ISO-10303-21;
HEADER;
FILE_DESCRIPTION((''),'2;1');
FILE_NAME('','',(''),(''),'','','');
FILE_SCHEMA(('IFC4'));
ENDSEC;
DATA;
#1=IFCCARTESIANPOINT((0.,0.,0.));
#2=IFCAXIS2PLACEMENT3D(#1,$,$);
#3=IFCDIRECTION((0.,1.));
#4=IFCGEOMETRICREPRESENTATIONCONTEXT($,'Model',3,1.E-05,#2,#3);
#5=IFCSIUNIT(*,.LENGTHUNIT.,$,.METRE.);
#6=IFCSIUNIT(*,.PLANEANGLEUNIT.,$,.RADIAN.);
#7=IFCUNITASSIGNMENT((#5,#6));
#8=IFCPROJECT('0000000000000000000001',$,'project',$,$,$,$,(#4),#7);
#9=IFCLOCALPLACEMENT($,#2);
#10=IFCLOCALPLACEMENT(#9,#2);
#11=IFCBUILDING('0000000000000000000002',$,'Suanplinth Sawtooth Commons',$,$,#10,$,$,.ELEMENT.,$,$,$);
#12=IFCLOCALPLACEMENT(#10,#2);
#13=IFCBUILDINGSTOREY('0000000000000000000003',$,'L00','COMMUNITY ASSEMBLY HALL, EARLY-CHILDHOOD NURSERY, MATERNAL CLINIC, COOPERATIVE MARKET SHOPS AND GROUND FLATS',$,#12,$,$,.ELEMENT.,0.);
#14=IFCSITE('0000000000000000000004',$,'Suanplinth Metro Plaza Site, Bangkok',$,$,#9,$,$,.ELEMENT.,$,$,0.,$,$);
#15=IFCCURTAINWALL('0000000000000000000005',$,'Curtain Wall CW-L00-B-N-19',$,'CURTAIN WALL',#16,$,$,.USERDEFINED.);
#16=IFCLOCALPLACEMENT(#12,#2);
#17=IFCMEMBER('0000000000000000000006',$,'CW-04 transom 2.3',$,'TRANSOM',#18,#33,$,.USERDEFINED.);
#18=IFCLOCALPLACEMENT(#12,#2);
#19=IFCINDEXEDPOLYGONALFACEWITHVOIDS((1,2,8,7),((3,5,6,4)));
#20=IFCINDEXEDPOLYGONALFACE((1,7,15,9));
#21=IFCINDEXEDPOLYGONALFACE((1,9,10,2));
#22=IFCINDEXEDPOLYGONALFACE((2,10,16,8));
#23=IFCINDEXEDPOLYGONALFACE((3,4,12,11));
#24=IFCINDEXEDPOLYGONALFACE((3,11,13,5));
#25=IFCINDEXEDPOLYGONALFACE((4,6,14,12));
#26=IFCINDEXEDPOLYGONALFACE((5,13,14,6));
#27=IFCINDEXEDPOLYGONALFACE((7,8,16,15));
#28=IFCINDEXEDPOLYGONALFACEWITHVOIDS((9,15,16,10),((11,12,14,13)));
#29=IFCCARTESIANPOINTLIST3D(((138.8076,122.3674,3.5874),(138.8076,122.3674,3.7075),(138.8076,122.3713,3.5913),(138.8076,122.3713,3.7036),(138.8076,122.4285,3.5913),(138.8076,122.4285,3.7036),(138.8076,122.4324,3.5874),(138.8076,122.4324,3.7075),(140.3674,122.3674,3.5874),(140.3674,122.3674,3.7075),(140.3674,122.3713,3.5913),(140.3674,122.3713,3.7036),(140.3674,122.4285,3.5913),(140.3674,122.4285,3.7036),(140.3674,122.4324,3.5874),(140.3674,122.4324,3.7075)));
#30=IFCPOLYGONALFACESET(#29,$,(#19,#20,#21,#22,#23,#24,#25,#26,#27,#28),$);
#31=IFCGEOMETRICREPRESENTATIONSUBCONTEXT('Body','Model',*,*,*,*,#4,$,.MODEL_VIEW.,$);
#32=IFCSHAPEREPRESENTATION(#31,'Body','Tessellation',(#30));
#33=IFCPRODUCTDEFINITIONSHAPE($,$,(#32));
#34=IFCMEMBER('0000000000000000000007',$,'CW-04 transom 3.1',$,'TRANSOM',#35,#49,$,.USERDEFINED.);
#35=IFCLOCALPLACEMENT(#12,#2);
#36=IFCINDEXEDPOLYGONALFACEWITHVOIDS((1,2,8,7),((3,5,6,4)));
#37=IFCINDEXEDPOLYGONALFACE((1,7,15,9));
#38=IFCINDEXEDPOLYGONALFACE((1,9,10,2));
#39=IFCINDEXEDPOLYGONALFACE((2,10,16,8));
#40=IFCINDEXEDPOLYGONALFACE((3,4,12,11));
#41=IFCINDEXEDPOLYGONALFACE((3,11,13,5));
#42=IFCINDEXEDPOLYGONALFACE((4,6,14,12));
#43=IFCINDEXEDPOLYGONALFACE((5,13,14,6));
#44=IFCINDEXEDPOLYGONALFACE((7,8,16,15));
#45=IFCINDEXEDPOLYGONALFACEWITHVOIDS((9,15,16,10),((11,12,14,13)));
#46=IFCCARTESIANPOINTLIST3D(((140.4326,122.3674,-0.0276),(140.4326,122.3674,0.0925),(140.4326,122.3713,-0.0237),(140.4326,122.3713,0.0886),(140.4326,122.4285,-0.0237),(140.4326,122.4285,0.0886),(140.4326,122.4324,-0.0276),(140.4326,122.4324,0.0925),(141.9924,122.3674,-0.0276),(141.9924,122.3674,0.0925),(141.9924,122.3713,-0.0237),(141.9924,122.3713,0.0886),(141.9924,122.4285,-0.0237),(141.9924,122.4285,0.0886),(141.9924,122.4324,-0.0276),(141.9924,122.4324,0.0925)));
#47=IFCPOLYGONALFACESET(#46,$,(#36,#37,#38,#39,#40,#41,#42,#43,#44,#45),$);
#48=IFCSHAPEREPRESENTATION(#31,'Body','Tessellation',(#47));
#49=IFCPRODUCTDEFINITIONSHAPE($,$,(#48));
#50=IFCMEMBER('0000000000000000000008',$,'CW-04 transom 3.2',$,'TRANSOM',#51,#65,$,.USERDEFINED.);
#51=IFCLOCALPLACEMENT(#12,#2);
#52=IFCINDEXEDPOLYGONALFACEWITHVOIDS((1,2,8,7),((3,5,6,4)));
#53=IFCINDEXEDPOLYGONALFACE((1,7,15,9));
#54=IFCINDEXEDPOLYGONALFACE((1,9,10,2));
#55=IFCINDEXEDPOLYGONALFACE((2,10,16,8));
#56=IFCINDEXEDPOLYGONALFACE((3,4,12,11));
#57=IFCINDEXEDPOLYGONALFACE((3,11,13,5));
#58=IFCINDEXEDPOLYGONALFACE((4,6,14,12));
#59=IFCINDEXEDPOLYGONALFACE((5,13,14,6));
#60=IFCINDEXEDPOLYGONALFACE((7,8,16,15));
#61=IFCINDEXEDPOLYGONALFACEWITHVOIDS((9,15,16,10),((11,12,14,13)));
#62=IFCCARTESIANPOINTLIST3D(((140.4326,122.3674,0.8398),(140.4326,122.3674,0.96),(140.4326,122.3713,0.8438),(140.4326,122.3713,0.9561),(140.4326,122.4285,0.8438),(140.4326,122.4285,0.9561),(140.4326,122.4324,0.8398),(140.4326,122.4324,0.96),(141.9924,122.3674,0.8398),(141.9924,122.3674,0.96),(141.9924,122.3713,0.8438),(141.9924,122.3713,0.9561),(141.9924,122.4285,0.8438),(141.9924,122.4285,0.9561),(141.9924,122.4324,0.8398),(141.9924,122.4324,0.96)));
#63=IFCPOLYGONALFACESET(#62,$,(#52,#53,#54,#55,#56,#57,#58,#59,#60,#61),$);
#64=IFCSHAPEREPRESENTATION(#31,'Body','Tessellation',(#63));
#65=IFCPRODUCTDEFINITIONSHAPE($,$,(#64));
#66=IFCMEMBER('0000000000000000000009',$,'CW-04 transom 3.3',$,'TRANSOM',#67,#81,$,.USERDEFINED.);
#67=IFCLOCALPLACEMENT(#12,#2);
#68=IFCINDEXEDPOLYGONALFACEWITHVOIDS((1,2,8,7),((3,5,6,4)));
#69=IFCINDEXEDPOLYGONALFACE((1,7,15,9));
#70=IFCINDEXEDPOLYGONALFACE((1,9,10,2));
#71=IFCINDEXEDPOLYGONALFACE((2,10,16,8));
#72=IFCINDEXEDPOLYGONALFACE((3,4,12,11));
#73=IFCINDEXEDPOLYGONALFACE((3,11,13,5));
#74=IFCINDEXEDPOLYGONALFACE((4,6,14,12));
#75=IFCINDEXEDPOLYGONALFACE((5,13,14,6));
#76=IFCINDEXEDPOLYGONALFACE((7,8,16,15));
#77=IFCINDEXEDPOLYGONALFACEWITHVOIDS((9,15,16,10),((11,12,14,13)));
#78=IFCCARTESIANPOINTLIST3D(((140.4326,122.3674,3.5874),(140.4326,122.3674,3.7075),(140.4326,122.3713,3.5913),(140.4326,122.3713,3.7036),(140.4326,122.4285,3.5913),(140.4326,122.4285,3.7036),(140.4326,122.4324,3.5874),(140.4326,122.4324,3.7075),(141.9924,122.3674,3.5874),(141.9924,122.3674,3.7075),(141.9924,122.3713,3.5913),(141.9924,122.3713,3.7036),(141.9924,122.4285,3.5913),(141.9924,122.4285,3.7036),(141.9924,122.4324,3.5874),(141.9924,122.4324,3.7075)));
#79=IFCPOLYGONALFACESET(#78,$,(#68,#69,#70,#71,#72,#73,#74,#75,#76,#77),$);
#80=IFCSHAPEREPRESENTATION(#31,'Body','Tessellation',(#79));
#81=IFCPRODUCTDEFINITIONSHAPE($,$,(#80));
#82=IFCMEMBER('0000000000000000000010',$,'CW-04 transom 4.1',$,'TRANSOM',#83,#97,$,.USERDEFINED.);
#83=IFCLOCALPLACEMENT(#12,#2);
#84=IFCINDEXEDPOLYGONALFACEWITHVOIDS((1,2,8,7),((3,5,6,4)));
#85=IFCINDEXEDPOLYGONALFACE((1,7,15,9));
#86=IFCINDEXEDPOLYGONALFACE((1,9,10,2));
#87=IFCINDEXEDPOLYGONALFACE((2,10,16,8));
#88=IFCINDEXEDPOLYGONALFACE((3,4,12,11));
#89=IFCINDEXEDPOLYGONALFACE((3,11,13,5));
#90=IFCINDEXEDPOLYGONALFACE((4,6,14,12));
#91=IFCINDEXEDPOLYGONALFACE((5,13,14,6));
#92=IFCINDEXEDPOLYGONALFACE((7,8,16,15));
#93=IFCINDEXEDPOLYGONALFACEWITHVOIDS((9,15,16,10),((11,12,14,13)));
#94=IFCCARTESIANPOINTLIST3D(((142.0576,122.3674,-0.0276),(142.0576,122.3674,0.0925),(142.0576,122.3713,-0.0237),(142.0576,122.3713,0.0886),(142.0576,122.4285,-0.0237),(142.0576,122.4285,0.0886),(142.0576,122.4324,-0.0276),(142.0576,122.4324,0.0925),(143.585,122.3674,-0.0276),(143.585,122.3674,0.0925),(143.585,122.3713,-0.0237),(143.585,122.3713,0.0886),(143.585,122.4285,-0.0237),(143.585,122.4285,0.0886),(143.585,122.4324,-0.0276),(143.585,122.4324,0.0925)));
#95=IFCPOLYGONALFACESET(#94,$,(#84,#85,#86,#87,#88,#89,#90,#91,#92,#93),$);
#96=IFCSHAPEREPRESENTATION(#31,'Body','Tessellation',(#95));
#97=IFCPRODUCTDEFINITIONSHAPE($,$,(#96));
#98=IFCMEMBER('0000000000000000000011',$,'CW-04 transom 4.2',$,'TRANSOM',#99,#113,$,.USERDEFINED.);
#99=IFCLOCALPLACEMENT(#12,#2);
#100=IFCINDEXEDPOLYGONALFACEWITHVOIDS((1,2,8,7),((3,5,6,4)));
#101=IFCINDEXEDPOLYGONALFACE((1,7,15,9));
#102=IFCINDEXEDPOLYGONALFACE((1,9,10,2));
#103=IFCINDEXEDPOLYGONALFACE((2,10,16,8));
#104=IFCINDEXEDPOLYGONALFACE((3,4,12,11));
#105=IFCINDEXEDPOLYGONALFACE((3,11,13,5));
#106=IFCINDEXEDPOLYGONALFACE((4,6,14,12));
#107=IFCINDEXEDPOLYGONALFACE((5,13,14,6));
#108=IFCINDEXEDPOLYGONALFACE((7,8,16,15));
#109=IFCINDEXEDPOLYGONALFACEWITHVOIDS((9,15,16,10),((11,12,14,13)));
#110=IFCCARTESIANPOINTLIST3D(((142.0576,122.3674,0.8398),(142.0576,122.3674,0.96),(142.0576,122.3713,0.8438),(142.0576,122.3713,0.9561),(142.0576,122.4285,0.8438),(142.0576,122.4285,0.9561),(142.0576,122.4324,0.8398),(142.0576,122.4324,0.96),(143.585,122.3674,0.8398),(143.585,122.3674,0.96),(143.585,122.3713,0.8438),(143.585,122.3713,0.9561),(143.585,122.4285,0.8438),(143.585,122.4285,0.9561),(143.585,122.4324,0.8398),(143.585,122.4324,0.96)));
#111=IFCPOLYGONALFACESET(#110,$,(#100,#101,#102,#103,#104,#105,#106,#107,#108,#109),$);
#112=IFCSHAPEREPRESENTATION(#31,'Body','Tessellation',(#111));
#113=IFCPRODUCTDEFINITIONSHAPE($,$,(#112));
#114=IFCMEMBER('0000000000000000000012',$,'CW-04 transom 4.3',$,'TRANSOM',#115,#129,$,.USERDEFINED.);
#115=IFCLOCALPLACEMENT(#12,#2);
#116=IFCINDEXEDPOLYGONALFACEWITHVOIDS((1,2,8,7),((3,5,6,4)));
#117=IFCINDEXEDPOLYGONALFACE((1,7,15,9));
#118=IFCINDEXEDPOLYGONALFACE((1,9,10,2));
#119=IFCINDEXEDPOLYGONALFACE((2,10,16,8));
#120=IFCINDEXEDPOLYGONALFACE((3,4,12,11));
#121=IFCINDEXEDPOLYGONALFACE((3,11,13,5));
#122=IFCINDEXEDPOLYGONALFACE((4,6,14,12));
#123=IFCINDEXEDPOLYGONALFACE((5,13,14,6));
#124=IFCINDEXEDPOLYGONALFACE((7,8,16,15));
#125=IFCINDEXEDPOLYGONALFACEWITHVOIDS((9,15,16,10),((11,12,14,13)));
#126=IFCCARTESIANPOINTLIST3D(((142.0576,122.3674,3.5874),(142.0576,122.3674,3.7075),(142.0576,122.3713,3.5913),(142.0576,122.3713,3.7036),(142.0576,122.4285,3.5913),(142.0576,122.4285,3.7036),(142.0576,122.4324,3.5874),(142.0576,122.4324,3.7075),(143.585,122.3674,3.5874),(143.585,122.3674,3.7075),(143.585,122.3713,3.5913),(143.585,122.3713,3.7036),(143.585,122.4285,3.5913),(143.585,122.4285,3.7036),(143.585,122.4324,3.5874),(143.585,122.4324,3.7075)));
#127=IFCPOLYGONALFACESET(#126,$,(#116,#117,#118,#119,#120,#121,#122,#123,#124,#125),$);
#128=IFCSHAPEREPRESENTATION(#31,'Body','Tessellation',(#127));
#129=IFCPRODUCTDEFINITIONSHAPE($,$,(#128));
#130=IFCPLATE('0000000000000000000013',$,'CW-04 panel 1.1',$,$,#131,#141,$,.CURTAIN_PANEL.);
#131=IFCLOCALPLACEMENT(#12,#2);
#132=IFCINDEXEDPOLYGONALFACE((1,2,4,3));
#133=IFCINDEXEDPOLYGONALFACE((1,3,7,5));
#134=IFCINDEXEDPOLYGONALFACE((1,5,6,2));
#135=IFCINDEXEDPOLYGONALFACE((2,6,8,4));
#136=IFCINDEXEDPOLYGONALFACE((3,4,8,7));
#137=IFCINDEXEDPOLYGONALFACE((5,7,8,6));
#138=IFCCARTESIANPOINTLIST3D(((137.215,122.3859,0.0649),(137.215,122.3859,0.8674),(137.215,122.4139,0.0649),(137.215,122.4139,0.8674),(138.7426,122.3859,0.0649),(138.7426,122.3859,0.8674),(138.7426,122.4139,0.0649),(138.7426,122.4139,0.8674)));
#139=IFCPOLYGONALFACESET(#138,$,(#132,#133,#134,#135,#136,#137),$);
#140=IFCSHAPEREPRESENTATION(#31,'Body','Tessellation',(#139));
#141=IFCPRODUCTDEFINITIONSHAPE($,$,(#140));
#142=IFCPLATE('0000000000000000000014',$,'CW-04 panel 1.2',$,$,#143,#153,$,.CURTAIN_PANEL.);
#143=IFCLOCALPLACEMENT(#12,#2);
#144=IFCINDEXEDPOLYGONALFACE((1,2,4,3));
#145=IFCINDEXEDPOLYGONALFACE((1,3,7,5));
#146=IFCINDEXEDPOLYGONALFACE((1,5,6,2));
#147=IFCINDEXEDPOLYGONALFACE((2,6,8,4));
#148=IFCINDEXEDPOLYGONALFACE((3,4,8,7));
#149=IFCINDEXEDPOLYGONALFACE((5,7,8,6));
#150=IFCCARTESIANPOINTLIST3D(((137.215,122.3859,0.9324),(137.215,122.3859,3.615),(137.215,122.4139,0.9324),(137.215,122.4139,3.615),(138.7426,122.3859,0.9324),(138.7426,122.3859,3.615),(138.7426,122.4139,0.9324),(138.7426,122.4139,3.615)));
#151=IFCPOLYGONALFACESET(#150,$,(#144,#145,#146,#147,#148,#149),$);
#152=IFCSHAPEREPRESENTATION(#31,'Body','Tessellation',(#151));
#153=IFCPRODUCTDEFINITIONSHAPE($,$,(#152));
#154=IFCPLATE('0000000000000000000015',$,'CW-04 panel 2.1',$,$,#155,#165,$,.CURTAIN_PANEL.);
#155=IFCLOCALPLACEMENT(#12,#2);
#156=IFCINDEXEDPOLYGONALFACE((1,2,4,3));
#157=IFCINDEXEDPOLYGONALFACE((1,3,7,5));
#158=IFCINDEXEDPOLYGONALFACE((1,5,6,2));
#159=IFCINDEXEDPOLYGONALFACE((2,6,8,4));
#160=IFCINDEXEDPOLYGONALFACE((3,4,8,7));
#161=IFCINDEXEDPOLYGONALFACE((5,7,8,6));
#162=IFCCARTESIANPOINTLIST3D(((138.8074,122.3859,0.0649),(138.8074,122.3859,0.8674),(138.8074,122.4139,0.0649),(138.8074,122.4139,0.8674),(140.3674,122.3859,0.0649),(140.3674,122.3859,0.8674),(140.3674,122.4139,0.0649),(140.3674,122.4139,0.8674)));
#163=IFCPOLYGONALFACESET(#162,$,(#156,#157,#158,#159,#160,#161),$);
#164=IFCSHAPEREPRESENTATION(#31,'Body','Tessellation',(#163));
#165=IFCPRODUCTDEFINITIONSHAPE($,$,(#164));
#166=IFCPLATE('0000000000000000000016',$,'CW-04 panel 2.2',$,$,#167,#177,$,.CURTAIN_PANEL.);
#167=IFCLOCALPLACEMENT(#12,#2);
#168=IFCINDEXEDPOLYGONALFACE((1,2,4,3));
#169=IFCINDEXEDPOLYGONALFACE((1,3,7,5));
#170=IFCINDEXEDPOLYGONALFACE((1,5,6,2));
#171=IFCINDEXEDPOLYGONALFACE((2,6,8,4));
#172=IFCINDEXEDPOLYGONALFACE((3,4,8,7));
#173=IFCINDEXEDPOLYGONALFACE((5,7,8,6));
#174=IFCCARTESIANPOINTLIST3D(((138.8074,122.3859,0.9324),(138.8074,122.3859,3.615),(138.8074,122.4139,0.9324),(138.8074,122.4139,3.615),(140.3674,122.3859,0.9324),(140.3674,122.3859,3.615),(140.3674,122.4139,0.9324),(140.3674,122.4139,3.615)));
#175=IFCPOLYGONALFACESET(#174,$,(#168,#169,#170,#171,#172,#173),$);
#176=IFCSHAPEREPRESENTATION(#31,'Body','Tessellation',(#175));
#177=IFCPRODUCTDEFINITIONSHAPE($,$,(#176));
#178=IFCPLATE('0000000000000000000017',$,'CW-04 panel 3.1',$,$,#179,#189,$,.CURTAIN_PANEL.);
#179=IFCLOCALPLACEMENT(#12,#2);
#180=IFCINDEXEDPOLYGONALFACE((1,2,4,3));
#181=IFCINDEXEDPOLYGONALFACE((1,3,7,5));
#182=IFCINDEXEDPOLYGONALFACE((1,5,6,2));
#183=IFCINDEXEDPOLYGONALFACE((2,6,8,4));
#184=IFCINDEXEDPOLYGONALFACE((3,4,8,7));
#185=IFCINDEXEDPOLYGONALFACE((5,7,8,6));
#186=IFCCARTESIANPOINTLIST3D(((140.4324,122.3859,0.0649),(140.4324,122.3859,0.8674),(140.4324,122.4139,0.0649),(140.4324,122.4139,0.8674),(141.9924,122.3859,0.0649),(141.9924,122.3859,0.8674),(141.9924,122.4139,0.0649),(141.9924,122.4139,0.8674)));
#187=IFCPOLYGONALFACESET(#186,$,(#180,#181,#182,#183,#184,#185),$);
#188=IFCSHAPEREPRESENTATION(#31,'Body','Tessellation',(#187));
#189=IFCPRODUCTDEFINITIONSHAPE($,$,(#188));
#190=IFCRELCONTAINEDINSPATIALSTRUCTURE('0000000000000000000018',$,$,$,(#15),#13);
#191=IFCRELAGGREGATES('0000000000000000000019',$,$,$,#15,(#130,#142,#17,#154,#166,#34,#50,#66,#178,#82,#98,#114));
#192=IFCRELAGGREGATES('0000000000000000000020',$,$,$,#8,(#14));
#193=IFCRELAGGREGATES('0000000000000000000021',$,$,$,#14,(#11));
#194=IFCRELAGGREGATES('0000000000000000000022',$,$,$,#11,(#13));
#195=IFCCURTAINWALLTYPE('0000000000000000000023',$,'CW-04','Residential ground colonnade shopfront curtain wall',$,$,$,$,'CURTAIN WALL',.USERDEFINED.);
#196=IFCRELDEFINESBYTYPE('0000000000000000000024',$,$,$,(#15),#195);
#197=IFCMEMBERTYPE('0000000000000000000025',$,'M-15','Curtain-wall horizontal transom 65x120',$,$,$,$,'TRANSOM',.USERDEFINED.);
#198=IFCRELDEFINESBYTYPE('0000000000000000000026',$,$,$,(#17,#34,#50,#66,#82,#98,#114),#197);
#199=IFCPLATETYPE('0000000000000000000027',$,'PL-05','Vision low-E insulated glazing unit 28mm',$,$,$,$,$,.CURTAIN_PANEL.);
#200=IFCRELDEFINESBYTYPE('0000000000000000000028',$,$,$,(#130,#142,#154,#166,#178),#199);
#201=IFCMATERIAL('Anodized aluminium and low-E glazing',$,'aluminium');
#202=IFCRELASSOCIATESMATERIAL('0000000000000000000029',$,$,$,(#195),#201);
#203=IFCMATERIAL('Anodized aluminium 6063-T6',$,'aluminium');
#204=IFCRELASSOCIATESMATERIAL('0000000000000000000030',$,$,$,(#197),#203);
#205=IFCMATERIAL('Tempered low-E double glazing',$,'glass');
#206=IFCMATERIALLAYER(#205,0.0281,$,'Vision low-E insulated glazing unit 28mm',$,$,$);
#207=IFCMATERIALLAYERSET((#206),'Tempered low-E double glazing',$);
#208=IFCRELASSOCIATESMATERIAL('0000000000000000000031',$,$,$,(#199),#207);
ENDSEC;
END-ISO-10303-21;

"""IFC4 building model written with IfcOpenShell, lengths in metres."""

from ifc_helpers import new_model, si_unit, direction, frame, origin, origin_2d, place, context, subcontext, project, spatial, rectangle, hollow_rectangle, extrude, material, layer, layer_set, material_profile, profile_set, type_object, element, aggregate, save


model = new_model("IFC4")

# Units and contexts
model_context = context("Model", 3, precision=1e-05, world=origin(), true_north=direction((0.0, 1.0)))
body_context = subcontext(model_context, "Body", "Model", "MODEL_VIEW")
ifc_project = project(units=[si_unit("LENGTHUNIT", "METRE"), si_unit("PLANEANGLEUNIT", "RADIAN")], contexts=[model_context])

# Site, building, storey
site_placement = place(None, origin())
site = spatial("IfcSite", under=ifc_project, at=site_placement, Name="Suanplinth Metro Plaza Site, Bangkok", CompositionType="ELEMENT", RefElevation=0.0)
building_placement = place(site_placement, origin())
building = spatial("IfcBuilding", under=site, at=building_placement, Name="Suanplinth Sawtooth Commons", CompositionType="ELEMENT")
storey_placement = place(building_placement, origin())
storey = spatial("IfcBuildingStorey", under=building, at=storey_placement, Name="L00", Description="COMMUNITY ASSEMBLY HALL, EARLY-CHILDHOOD NURSERY, MATERNAL CLINIC, COOPERATIVE MARKET SHOPS AND GROUND FLATS", CompositionType="ELEMENT", Elevation=0.0)

# Curtain wall, members, plates
ifc_material_1 = material(Name="Anodized aluminium and low-E glazing", Category="aluminium")
curtain_wall_type = type_object("IfcCurtainWallType", Name="CW-04", Description="Residential ground colonnade shopfront curtain wall", ElementType="CURTAIN WALL", PredefinedType="USERDEFINED", material=ifc_material_1)
curtain_wall_placement = place(storey_placement, origin())
curtain_wall = element("IfcCurtainWall", 1, at=curtain_wall_placement, inside=storey, type_object=curtain_wall_type, Name="Curtain Wall CW-L00-B-N-19", ObjectType="CURTAIN WALL", PredefinedType="USERDEFINED")
ifc_material_2 = material(Name="Anodized aluminium 6063-T6", Category="aluminium")
ifc_material_profile_1 = material_profile(ifc_material_2, hollow_rectangle(XDim=0.0649, YDim=0.1201, WallThickness=0.0039, at=origin_2d()), Name="ALU-TRN 65x120")
ifc_profile_set_1 = profile_set([ifc_material_profile_1], Name="Anodized aluminium 6063-T6")
member_type_1 = type_object("IfcMemberType", Name="M-15", Description="Curtain-wall horizontal transom 65x120", ElementType="TRANSOM", PredefinedType="USERDEFINED", material=ifc_profile_set_1)
member_1_placement = place(storey_placement, frame((138.8076, 122.3999, 3.6475), z_axis=(1.0, 0.0, 0.0), x_axis=(0.0, 1.0, 0.0)))
member_1 = element("IfcMember", 2, at=member_1_placement, type_object=member_type_1, Name="CW-04 transom 2.3", ObjectType="TRANSOM", PredefinedType="USERDEFINED", context=body_context, shape_type="SweptSolid", body=[
    extrude(hollow_rectangle(XDim=0.0649, YDim=0.1201, WallThickness=0.0039, at=origin_2d()), origin(), (0.0, 0.0, 1.0), 1.5598),
])
member_2_placement = place(storey_placement, frame((140.4326, 122.3999, 0.0325), z_axis=(1.0, 0.0, 0.0), x_axis=(0.0, 1.0, 0.0)))
member_2 = element("IfcMember", 3, at=member_2_placement, type_object=member_type_1, Name="CW-04 transom 3.1", ObjectType="TRANSOM", PredefinedType="USERDEFINED", context=body_context, shape_type="SweptSolid", body=[
    extrude(hollow_rectangle(XDim=0.0649, YDim=0.1201, WallThickness=0.0039, at=origin_2d()), origin(), (0.0, 0.0, 1.0), 1.5598),
])
member_3_placement = place(storey_placement, frame((140.4326, 122.3999, 0.8999), z_axis=(1.0, 0.0, 0.0), x_axis=(0.0, 1.0, 0.0)))
member_3 = element("IfcMember", 4, at=member_3_placement, type_object=member_type_1, Name="CW-04 transom 3.2", ObjectType="TRANSOM", PredefinedType="USERDEFINED", context=body_context, shape_type="SweptSolid", body=[
    extrude(hollow_rectangle(XDim=0.0649, YDim=0.1201, WallThickness=0.0039, at=origin_2d()), origin(), (0.0, 0.0, 1.0), 1.5598),
])
member_4_placement = place(storey_placement, frame((140.4326, 122.3999, 3.6475), z_axis=(1.0, 0.0, 0.0), x_axis=(0.0, 1.0, 0.0)))
member_4 = element("IfcMember", 5, at=member_4_placement, type_object=member_type_1, Name="CW-04 transom 3.3", ObjectType="TRANSOM", PredefinedType="USERDEFINED", context=body_context, shape_type="SweptSolid", body=[
    extrude(hollow_rectangle(XDim=0.0649, YDim=0.1201, WallThickness=0.0039, at=origin_2d()), origin(), (0.0, 0.0, 1.0), 1.5598),
])
member_5_placement = place(storey_placement, frame((142.0576, 122.3999, 0.0325), z_axis=(1.0, 0.0, 0.0), x_axis=(0.0, 1.0, 0.0)))
member_5 = element("IfcMember", 6, at=member_5_placement, type_object=member_type_1, Name="CW-04 transom 4.1", ObjectType="TRANSOM", PredefinedType="USERDEFINED", context=body_context, shape_type="SweptSolid", body=[
    extrude(hollow_rectangle(XDim=0.0649, YDim=0.1201, WallThickness=0.0039, at=origin_2d()), origin(), (0.0, 0.0, 1.0), 1.5273),
])
member_6_placement = place(storey_placement, frame((142.0576, 122.3999, 0.8999), z_axis=(1.0, 0.0, 0.0), x_axis=(0.0, 1.0, 0.0)))
member_6 = element("IfcMember", 7, at=member_6_placement, type_object=member_type_1, Name="CW-04 transom 4.2", ObjectType="TRANSOM", PredefinedType="USERDEFINED", context=body_context, shape_type="SweptSolid", body=[
    extrude(hollow_rectangle(XDim=0.0649, YDim=0.1201, WallThickness=0.0039, at=origin_2d()), origin(), (0.0, 0.0, 1.0), 1.5273),
])
member_7_placement = place(storey_placement, frame((142.0576, 122.3999, 3.6475), z_axis=(1.0, 0.0, 0.0), x_axis=(0.0, 1.0, 0.0)))
member_7 = element("IfcMember", 8, at=member_7_placement, type_object=member_type_1, Name="CW-04 transom 4.3", ObjectType="TRANSOM", PredefinedType="USERDEFINED", context=body_context, shape_type="SweptSolid", body=[
    extrude(hollow_rectangle(XDim=0.0649, YDim=0.1201, WallThickness=0.0039, at=origin_2d()), origin(), (0.0, 0.0, 1.0), 1.5273),
])
ifc_material_3 = material(Name="Tempered low-E double glazing", Category="glass")
ifc_layer_1 = layer(ifc_material_3, 0.0281, Name="Vision low-E insulated glazing unit 28mm")
ifc_layer_set_1 = layer_set([ifc_layer_1], Name="Tempered low-E double glazing")
plate_type = type_object("IfcPlateType", Name="PL-05", Description="Vision low-E insulated glazing unit 28mm", PredefinedType="CURTAIN_PANEL", material=ifc_layer_set_1)
plate_1_placement = place(storey_placement, frame((137.9788, 122.3999, 0.0649), z_axis=(0.0, 0.0, 1.0), x_axis=(1.0, 0.0, 0.0)))
plate_1 = element("IfcPlate", 9, at=plate_1_placement, type_object=plate_type, Name="CW-04 panel 1.1", PredefinedType="CURTAIN_PANEL", context=body_context, shape_type="SweptSolid", body=[
    extrude(rectangle(XDim=1.5276, YDim=0.0281, at=origin_2d()), origin(), (0.0, 0.0, 1.0), 0.8025),
])
plate_2_placement = place(storey_placement, frame((137.9788, 122.3999, 0.9324), z_axis=(0.0, 0.0, 1.0), x_axis=(1.0, 0.0, 0.0)))
plate_2 = element("IfcPlate", 10, at=plate_2_placement, type_object=plate_type, Name="CW-04 panel 1.2", PredefinedType="CURTAIN_PANEL", context=body_context, shape_type="SweptSolid", body=[
    extrude(rectangle(XDim=1.5276, YDim=0.0281, at=origin_2d()), origin(), (0.0, 0.0, 1.0), 2.6826),
])
plate_3_placement = place(storey_placement, frame((139.5874, 122.3999, 0.0649), z_axis=(0.0, 0.0, 1.0), x_axis=(1.0, 0.0, 0.0)))
plate_3 = element("IfcPlate", 11, at=plate_3_placement, type_object=plate_type, Name="CW-04 panel 2.1", PredefinedType="CURTAIN_PANEL", context=body_context, shape_type="SweptSolid", body=[
    extrude(rectangle(XDim=1.5601, YDim=0.0281, at=origin_2d()), origin(), (0.0, 0.0, 1.0), 0.8025),
])
plate_4_placement = place(storey_placement, frame((139.5874, 122.3999, 0.9324), z_axis=(0.0, 0.0, 1.0), x_axis=(1.0, 0.0, 0.0)))
plate_4 = element("IfcPlate", 12, at=plate_4_placement, type_object=plate_type, Name="CW-04 panel 2.2", PredefinedType="CURTAIN_PANEL", context=body_context, shape_type="SweptSolid", body=[
    extrude(rectangle(XDim=1.5601, YDim=0.0281, at=origin_2d()), origin(), (0.0, 0.0, 1.0), 2.6826),
])
plate_5_placement = place(storey_placement, frame((141.2124, 122.3999, 0.0649), z_axis=(0.0, 0.0, 1.0), x_axis=(1.0, 0.0, 0.0)))
plate_5 = element("IfcPlate", 13, at=plate_5_placement, type_object=plate_type, Name="CW-04 panel 3.1", PredefinedType="CURTAIN_PANEL", context=body_context, shape_type="SweptSolid", body=[
    extrude(rectangle(XDim=1.5601, YDim=0.0281, at=origin_2d()), origin(), (0.0, 0.0, 1.0), 0.8025),
])
aggregate(curtain_wall, [plate_1, plate_2, member_1, plate_3, plate_4, member_2, member_3, member_4, plate_5, member_5, member_6, member_7])

save(model, "model.ifc")
